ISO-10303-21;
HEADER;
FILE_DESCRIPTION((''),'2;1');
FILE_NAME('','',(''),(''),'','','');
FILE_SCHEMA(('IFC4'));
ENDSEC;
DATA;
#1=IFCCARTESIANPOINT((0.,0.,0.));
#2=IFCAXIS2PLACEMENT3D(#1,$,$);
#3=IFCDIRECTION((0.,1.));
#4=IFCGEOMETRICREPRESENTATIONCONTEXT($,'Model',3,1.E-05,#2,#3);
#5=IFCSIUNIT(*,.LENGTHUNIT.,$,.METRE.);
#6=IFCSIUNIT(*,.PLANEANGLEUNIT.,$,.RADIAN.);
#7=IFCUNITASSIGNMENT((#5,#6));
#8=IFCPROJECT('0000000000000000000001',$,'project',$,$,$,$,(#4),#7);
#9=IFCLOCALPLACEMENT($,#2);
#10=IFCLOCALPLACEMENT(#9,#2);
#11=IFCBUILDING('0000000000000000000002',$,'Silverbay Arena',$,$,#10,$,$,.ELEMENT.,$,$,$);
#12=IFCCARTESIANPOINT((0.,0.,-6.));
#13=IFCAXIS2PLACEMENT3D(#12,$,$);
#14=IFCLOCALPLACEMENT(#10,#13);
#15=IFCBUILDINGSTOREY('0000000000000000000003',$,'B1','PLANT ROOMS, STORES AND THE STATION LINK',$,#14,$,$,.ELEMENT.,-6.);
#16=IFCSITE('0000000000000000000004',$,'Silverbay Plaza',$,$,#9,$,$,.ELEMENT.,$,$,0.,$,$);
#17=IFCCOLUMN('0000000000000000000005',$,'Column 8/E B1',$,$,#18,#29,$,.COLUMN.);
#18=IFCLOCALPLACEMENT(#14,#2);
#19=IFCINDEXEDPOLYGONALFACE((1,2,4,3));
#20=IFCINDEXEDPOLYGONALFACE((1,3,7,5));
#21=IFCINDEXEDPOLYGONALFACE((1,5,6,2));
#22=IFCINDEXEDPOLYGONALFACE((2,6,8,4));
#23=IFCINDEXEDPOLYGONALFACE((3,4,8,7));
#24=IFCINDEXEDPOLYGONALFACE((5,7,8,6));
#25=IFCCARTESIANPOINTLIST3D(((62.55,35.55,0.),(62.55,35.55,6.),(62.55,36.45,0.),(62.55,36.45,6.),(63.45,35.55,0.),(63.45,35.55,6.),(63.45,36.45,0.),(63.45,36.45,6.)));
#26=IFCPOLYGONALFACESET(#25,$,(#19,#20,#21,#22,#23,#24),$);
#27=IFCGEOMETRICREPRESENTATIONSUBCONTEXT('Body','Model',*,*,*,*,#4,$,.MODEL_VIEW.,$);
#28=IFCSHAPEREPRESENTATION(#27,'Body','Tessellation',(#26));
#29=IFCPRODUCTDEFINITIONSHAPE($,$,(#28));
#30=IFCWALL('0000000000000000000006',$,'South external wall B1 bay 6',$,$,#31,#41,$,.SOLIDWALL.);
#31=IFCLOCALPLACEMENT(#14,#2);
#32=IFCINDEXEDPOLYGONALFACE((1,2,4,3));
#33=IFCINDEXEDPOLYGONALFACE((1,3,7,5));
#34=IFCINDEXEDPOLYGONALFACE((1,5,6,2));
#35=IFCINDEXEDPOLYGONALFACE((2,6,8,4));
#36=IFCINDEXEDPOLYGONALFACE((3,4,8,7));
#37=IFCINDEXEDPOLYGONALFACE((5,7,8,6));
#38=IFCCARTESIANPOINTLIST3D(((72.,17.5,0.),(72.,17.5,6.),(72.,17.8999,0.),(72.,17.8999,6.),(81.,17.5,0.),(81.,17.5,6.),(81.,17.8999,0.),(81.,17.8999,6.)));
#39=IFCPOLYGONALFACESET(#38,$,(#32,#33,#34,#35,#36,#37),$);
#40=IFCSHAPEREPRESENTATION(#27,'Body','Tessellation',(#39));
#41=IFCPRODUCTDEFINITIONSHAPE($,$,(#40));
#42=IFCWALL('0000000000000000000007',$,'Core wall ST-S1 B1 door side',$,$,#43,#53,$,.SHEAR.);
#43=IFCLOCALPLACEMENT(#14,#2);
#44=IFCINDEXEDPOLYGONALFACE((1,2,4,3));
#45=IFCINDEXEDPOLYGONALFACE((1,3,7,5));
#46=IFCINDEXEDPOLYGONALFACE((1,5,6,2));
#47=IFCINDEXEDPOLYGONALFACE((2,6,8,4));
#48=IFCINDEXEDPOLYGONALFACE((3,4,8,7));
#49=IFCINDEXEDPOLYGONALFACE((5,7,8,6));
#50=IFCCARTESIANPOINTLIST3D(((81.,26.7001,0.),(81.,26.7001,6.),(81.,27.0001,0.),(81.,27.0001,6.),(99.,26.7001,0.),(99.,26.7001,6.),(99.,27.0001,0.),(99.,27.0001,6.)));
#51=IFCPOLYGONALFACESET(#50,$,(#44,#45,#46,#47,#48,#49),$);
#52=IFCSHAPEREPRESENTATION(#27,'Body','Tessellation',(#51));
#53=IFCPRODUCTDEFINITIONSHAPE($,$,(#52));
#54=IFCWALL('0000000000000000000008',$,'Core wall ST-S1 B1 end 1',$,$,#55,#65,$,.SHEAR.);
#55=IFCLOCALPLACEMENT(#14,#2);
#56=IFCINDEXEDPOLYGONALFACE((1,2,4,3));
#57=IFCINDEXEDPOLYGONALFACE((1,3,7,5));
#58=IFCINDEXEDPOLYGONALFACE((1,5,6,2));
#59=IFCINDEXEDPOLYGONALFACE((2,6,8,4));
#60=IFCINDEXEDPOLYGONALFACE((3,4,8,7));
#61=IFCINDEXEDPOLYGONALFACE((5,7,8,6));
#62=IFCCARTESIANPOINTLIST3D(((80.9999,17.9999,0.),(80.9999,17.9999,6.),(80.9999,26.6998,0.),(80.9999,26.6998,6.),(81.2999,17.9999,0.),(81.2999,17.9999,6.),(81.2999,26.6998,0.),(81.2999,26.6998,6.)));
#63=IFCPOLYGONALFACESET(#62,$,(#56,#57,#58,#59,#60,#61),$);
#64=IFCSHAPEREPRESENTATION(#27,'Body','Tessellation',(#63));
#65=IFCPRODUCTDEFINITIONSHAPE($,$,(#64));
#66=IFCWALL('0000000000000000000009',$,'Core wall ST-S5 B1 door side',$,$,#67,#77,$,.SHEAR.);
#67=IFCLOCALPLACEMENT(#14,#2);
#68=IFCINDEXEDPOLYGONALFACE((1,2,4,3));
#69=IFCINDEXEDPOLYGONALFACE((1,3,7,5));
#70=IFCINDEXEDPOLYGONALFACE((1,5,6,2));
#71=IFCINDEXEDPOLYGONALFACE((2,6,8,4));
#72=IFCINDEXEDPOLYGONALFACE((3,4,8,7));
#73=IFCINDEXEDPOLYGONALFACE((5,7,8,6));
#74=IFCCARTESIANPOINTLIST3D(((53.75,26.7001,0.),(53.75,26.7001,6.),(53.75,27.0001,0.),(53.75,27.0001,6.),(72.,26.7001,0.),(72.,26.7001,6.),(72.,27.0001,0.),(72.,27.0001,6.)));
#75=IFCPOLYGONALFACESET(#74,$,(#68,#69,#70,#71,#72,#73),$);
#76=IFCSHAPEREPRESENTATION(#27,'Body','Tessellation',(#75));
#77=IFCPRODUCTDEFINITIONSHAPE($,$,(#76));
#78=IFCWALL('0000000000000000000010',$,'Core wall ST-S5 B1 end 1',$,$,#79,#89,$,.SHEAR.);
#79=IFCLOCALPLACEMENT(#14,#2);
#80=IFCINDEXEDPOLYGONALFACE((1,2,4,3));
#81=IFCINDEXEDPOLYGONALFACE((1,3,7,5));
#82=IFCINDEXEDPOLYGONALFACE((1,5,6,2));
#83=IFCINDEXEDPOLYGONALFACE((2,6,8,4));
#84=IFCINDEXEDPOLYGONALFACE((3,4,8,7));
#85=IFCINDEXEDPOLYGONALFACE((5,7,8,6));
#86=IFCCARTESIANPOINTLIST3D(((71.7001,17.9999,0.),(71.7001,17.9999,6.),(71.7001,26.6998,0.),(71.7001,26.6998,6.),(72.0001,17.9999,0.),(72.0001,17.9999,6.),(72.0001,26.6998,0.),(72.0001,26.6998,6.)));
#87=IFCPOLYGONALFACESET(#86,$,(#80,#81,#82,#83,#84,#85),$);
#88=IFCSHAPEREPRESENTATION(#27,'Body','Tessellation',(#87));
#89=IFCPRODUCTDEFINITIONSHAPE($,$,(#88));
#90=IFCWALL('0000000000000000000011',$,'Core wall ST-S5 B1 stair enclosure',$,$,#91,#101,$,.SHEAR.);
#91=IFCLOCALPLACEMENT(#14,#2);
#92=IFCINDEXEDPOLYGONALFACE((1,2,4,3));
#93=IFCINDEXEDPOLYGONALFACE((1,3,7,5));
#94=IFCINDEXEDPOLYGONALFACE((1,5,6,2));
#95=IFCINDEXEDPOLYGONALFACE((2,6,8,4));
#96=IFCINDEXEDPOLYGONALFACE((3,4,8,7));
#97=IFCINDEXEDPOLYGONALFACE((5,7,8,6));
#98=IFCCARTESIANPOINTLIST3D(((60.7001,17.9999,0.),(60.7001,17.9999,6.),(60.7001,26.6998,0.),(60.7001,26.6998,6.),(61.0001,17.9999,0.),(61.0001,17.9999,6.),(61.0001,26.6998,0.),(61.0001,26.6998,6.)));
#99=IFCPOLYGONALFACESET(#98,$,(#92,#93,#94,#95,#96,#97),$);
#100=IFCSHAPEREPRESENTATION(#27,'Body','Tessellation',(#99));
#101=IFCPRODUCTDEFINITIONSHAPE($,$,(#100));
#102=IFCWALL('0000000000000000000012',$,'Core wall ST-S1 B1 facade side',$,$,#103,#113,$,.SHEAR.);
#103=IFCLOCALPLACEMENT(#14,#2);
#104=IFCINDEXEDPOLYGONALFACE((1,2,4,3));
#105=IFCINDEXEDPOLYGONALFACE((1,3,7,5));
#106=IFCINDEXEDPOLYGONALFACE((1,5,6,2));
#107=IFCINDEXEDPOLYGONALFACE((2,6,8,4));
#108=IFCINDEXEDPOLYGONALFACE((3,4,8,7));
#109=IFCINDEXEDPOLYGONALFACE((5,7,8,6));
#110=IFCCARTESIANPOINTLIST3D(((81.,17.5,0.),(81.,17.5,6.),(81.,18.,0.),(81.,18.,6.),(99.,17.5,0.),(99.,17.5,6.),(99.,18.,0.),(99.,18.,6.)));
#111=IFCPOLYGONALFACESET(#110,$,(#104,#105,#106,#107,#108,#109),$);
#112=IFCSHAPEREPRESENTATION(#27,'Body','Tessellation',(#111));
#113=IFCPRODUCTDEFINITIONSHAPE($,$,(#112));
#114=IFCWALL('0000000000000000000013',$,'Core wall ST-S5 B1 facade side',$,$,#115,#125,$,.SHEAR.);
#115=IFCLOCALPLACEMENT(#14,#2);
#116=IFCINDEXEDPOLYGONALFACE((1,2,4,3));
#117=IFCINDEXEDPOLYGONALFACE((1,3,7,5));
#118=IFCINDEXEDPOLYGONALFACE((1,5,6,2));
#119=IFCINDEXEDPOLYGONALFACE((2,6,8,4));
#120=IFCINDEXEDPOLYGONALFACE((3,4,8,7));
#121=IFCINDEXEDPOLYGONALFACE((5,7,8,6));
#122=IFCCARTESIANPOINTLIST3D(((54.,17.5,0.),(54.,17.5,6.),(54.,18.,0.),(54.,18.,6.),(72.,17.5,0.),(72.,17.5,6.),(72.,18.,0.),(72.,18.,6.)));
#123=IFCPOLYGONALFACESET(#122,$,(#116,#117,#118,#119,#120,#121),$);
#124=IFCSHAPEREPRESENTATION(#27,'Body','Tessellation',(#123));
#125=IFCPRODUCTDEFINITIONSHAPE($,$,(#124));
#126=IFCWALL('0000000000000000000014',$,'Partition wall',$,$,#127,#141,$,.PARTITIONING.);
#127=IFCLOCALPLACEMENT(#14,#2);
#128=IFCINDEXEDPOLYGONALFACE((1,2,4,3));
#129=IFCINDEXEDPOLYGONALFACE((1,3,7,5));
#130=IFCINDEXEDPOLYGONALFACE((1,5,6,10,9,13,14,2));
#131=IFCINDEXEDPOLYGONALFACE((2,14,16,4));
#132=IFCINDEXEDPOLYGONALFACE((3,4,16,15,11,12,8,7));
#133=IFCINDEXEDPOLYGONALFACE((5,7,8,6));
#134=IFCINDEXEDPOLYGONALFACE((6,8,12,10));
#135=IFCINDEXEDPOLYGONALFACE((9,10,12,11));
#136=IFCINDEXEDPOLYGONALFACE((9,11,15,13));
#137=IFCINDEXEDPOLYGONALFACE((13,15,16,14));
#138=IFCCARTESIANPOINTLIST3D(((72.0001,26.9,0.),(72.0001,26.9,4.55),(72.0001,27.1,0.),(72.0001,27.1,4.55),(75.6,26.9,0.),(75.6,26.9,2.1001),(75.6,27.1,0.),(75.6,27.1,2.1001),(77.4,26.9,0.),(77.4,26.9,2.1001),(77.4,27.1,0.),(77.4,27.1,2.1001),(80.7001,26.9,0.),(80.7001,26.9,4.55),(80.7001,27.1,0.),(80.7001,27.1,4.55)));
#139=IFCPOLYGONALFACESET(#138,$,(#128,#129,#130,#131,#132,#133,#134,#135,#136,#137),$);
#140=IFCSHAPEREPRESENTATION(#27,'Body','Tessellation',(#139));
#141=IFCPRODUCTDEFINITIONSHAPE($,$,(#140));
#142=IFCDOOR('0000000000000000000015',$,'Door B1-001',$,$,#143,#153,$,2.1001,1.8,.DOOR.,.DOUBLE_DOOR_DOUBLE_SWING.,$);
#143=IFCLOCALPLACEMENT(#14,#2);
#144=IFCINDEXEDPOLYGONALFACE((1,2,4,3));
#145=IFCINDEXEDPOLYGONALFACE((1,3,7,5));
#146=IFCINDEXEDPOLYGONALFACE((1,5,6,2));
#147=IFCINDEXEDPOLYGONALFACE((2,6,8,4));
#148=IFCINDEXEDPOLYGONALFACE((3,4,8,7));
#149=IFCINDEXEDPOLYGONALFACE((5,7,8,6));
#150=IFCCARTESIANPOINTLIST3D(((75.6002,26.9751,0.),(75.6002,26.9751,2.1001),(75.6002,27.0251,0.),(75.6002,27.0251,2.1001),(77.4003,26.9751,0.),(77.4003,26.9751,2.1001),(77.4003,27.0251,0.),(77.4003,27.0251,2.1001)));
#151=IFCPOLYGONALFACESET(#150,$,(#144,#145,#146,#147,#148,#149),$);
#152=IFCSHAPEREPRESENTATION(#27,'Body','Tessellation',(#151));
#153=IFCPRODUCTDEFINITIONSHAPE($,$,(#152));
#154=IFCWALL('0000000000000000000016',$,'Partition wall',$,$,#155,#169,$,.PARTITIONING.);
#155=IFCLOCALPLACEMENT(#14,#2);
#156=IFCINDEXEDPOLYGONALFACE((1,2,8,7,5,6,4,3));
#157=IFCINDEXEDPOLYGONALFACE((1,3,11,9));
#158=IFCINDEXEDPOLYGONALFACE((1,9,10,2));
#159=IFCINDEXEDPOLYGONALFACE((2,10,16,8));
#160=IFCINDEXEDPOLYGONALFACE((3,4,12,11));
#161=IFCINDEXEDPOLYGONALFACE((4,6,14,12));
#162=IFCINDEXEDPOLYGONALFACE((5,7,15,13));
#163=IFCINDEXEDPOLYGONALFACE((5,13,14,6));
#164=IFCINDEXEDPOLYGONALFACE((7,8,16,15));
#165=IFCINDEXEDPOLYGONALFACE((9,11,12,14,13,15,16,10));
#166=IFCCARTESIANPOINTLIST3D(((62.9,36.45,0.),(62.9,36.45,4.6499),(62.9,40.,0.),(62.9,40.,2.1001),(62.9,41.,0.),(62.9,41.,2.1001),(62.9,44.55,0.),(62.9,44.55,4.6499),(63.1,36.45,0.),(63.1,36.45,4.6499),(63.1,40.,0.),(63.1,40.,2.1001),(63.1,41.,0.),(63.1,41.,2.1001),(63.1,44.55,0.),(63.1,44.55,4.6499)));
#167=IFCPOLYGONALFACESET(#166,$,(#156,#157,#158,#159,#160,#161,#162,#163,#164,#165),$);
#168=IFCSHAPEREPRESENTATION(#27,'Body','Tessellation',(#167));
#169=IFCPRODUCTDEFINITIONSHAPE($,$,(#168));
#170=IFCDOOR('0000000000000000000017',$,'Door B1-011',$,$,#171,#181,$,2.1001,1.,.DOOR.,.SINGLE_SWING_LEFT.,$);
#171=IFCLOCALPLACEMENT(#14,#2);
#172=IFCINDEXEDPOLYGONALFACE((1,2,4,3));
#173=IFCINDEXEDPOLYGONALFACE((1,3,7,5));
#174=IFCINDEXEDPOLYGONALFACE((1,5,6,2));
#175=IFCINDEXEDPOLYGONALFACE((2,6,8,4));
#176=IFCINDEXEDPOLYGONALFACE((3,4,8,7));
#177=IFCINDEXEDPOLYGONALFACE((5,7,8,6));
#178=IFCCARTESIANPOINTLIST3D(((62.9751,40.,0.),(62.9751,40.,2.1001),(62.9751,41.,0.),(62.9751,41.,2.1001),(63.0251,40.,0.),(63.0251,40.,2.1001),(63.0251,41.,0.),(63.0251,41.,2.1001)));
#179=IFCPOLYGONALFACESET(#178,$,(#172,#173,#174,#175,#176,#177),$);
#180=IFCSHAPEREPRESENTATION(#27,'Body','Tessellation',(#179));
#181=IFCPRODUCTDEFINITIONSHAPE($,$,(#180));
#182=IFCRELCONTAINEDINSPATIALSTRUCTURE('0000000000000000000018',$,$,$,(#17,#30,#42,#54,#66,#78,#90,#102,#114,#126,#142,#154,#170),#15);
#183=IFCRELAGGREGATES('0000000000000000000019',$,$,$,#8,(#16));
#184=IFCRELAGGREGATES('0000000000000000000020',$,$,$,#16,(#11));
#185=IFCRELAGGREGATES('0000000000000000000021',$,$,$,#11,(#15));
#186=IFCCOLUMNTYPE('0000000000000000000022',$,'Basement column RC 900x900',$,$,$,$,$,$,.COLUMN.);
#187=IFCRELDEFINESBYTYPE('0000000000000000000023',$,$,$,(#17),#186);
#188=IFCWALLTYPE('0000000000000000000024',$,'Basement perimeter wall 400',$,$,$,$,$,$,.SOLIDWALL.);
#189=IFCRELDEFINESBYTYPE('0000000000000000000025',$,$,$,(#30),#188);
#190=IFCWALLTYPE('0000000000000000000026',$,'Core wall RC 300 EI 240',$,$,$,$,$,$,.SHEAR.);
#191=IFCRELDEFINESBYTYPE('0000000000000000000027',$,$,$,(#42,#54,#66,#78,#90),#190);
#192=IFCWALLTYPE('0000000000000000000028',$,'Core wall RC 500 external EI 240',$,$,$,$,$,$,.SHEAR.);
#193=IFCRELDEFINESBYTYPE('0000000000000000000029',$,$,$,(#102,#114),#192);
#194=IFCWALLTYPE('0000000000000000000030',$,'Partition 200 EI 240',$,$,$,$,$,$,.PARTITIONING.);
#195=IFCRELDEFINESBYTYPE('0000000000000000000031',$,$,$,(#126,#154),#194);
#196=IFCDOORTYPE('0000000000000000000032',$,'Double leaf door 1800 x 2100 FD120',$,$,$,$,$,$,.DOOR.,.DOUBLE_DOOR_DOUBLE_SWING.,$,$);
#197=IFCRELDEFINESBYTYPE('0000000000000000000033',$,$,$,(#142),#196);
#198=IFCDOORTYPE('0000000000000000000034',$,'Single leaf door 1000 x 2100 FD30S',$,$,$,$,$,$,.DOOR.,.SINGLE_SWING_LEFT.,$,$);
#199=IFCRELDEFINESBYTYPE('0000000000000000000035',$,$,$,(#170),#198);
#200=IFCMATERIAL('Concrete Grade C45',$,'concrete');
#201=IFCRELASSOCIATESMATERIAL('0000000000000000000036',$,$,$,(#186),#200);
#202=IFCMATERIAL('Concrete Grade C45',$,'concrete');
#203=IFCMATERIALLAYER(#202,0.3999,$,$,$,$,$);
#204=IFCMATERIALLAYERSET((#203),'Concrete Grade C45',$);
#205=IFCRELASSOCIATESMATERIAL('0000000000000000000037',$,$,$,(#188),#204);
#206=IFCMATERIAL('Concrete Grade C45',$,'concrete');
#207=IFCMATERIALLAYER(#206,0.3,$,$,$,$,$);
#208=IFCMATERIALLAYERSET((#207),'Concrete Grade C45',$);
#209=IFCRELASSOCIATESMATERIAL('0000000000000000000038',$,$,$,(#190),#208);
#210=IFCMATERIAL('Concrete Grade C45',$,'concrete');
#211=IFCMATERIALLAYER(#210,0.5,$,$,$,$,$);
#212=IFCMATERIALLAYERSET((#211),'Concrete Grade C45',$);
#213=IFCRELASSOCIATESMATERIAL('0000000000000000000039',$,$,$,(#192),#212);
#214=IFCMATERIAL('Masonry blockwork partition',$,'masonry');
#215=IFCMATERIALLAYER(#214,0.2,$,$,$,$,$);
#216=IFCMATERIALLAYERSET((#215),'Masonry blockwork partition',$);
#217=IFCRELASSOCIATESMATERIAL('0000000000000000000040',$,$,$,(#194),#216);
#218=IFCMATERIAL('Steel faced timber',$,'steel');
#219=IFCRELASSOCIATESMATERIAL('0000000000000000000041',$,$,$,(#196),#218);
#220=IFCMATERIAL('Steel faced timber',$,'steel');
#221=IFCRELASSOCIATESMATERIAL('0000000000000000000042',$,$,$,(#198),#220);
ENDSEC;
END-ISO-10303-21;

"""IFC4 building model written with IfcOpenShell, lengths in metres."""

from ifc_helpers import new_model, si_unit, direction, frame, frame_2d, origin, origin_2d, place, context, subcontext, project, spatial, rectangle, extrude, material, layer, layer_set, material_profile, profile_set, type_object, element, fill, save


model = new_model("IFC4")

# Units and contexts
model_context = context("Model", 3, precision=1e-05, world=origin(), true_north=direction((0.0, 1.0)))
body_context = subcontext(model_context, "Body", "Model", "MODEL_VIEW")
ifc_project = project(units=[si_unit("LENGTHUNIT", "METRE"), si_unit("PLANEANGLEUNIT", "RADIAN")], contexts=[model_context])

# Site, building, storey
site_placement = place(None, origin())
site = spatial("IfcSite", under=ifc_project, at=site_placement, Name="Silverbay Plaza", CompositionType="ELEMENT", RefElevation=0.0)
building_placement = place(site_placement, origin())
building = spatial("IfcBuilding", under=site, at=building_placement, Name="Silverbay Arena", CompositionType="ELEMENT")
storey_placement = place(building_placement, frame((0.0, 0.0, -6.0)))
storey = spatial("IfcBuildingStorey", under=building, at=storey_placement, Name="B1", Description="PLANT ROOMS, STORES AND THE STATION LINK", CompositionType="ELEMENT", Elevation=-6.0)

# Column
ifc_material_1 = material(Name="Concrete Grade C45", Category="concrete")
ifc_material_profile_1 = material_profile(ifc_material_1, rectangle(XDim=0.8999, YDim=0.8999, at=origin_2d()), Name="RC 900x900")
ifc_profile_set_1 = profile_set([ifc_material_profile_1], Name="Concrete Grade C45")
column_type = type_object("IfcColumnType", Name="Basement column RC 900x900", PredefinedType="COLUMN", material=ifc_profile_set_1)
column_placement = place(storey_placement, frame((63.0, 36.0, 0.0), z_axis=(0.0, 0.0, 1.0), x_axis=(1.0, 0.0, 0.0)))
element("IfcColumn", 1, at=column_placement, inside=storey, type_object=column_type, Name="Column 8/E B1", PredefinedType="COLUMN", context=body_context, shape_type="SweptSolid", body=[
    extrude(rectangle(XDim=0.8999, YDim=0.8999, at=origin_2d()), origin(), (0.0, 0.0, 1.0), 6.0),
])

# Walls
ifc_material_2 = material(Name="Concrete Grade C45", Category="concrete")
ifc_layer_1 = layer(ifc_material_2, 0.3999)
ifc_layer_set_1 = layer_set([ifc_layer_1], Name="Concrete Grade C45")
wall_type_1 = type_object("IfcWallType", Name="Basement perimeter wall 400", PredefinedType="SOLIDWALL", material=ifc_layer_set_1)
wall_1_placement = place(storey_placement, frame((72.0, 17.7, 0.0), z_axis=(0.0, 0.0, 1.0), x_axis=(1.0, 0.0, 0.0)))
element("IfcWall", 2, at=wall_1_placement, inside=storey, type_object=wall_type_1, Name="South external wall B1 bay 6", PredefinedType="SOLIDWALL", context=body_context, shape_type="SweptSolid", body=[
    extrude(rectangle(XDim=9.0, YDim=0.3999, at=frame_2d((4.5, 0.0))), origin(), (0.0, 0.0, 1.0), 6.0),
])
ifc_material_3 = material(Name="Concrete Grade C45", Category="concrete")
ifc_layer_2 = layer(ifc_material_3, 0.3)
ifc_layer_set_2 = layer_set([ifc_layer_2], Name="Concrete Grade C45")
wall_type_2 = type_object("IfcWallType", Name="Core wall RC 300 EI 240", PredefinedType="SHEAR", material=ifc_layer_set_2)
wall_2_placement = place(storey_placement, frame((81.0, 26.8501, 0.0), z_axis=(0.0, 0.0, 1.0), x_axis=(1.0, 0.0, 0.0)))
element("IfcWall", 3, at=wall_2_placement, inside=storey, type_object=wall_type_2, Name="Core wall ST-S1 B1 door side", PredefinedType="SHEAR", context=body_context, shape_type="SweptSolid", body=[
    extrude(rectangle(XDim=18.0, YDim=0.3, at=frame_2d((9.0, 0.0))), origin(), (0.0, 0.0, 1.0), 6.0),
])
wall_3_placement = place(storey_placement, frame((81.1499, 26.7, 0.0), z_axis=(0.0, 0.0, 1.0), x_axis=(0.0, -1.0, 0.0)))
element("IfcWall", 4, at=wall_3_placement, inside=storey, type_object=wall_type_2, Name="Core wall ST-S1 B1 end 1", PredefinedType="SHEAR", context=body_context, shape_type="SweptSolid", body=[
    extrude(rectangle(XDim=8.7, YDim=0.3, at=frame_2d((4.3501, 0.0))), origin(), (0.0, 0.0, 1.0), 6.0),
])
wall_4_placement = place(storey_placement, frame((72.0, 26.8501, 0.0), z_axis=(0.0, 0.0, 1.0), x_axis=(-1.0, 0.0, 0.0)))
element("IfcWall", 5, at=wall_4_placement, inside=storey, type_object=wall_type_2, Name="Core wall ST-S5 B1 door side", PredefinedType="SHEAR", context=body_context, shape_type="SweptSolid", body=[
    extrude(rectangle(XDim=18.25, YDim=0.3, at=frame_2d((9.125, 0.0))), origin(), (0.0, 0.0, 1.0), 6.0),
])
for number, where, z_axis, x_axis, name in (
    (6, (71.8501, 26.7, 0.0), (0.0, 0.0, 1.0), (0.0, -1.0, 0.0), "Core wall ST-S5 B1 end 1"),
    (7, (60.8501, 26.7, 0.0), (0.0, 0.0, 1.0), (0.0, -1.0, 0.0), "Core wall ST-S5 B1 stair enclosure"),
):
    element("IfcWall", number, at=place(storey_placement, frame(where, z_axis=z_axis, x_axis=x_axis)), inside=storey, type_object=wall_type_2, Name=name, PredefinedType="SHEAR", context=body_context, shape_type="SweptSolid", body=[
        extrude(rectangle(XDim=8.7, YDim=0.3, at=frame_2d((4.3501, 0.0))), origin(), (0.0, 0.0, 1.0), 6.0),
    ])
ifc_material_4 = material(Name="Concrete Grade C45", Category="concrete")
ifc_layer_3 = layer(ifc_material_4, 0.5)
ifc_layer_set_3 = layer_set([ifc_layer_3], Name="Concrete Grade C45")
wall_type_3 = type_object("IfcWallType", Name="Core wall RC 500 external EI 240", PredefinedType="SHEAR", material=ifc_layer_set_3)
for number, where, z_axis, x_axis, name in (
    (8, (81.0, 17.75, 0.0), (0.0, 0.0, 1.0), (1.0, 0.0, 0.0), "Core wall ST-S1 B1 facade side"),
    (9, (72.0, 17.75, 0.0), (0.0, 0.0, 1.0), (-1.0, 0.0, 0.0), "Core wall ST-S5 B1 facade side"),
):
    element("IfcWall", number, at=place(storey_placement, frame(where, z_axis=z_axis, x_axis=x_axis)), inside=storey, type_object=wall_type_3, Name=name, PredefinedType="SHEAR", context=body_context, shape_type="SweptSolid", body=[
        extrude(rectangle(XDim=18.0, YDim=0.5, at=frame_2d((9.0, 0.0))), origin(), (0.0, 0.0, 1.0), 6.0),
    ])

# Walls, openings, doors
ifc_material_5 = material(Name="Masonry blockwork partition", Category="masonry")
ifc_layer_4 = layer(ifc_material_5, 0.2)
ifc_layer_set_4 = layer_set([ifc_layer_4], Name="Masonry blockwork partition")
wall_type_4 = type_object("IfcWallType", Name="Partition 200 EI 240", PredefinedType="PARTITIONING", material=ifc_layer_set_4)
wall_5_placement = place(storey_placement, frame((72.0, 27.0, 0.0), z_axis=(0.0, 0.0, 1.0), x_axis=(1.0, 0.0, 0.0)))
wall_5 = element("IfcWall", 10, at=wall_5_placement, inside=storey, type_object=wall_type_4, Name="Partition wall", PredefinedType="PARTITIONING", context=body_context, shape_type="SweptSolid", body=[
    extrude(rectangle(XDim=8.7, YDim=0.2, at=frame_2d((4.3501, 0.0))), origin(), (0.0, 0.0, 1.0), 4.55),
])
opening_1_placement = place(wall_5_placement, frame((3.6001, 0.0, 0.0)))
opening_1 = element("IfcOpeningElement", 11, at=opening_1_placement, cuts=wall_5, PredefinedType="OPENING", context=body_context, shape_type="SweptSolid", body=[
    extrude(rectangle(XDim=1.8, YDim=2.1001, at=frame_2d((0.8999, 1.05))), frame((0.0, 0.1099, 0.0), z_axis=(0.0, -1.0, 0.0), x_axis=(1.0, 0.0, 0.0)), (0.0, 0.0, 1.0), 0.22),
])
ifc_material_6 = material(Name="Steel faced timber", Category="steel")
door_type_1 = type_object("IfcDoorType", Name="Double leaf door 1800 x 2100 FD120", OperationType="DOUBLE_DOOR_DOUBLE_SWING", PredefinedType="DOOR", material=ifc_material_6)
door_1_placement = place(opening_1_placement, frame((1.8, 0.0, 0.0), z_axis=(0.0, 0.0, 1.0), x_axis=(-1.0, 0.0, 0.0)))
door_1 = element("IfcDoor", 12, at=door_1_placement, inside=storey, type_object=door_type_1, Name="Door B1-001", OperationType="DOUBLE_DOOR_DOUBLE_SWING", OverallHeight=2.1001, OverallWidth=1.8, PredefinedType="DOOR", context=body_context, shape_type="SweptSolid", body=[
    extrude(rectangle(XDim=1.8, YDim=2.1001, at=frame_2d((0.8999, 1.05))), frame((0.0, 0.0249, 0.0), z_axis=(0.0, -1.0, 0.0), x_axis=(1.0, 0.0, 0.0)), (0.0, 0.0, 1.0), 0.05),
])
fill(opening_1, door_1)
wall_6_placement = place(storey_placement, frame((63.0, 36.45, 0.0), z_axis=(0.0, 0.0, 1.0), x_axis=(0.0, 1.0, 0.0)))
wall_6 = element("IfcWall", 13, at=wall_6_placement, inside=storey, type_object=wall_type_4, Name="Partition wall", PredefinedType="PARTITIONING", context=body_context, shape_type="SweptSolid", body=[
    extrude(rectangle(XDim=8.1001, YDim=0.2, at=frame_2d((4.05, 0.0))), origin(), (0.0, 0.0, 1.0), 4.6499),
])
opening_2_placement = place(wall_6_placement, frame((3.55, 0.0, 0.0)))
opening_2 = element("IfcOpeningElement", 14, at=opening_2_placement, cuts=wall_6, PredefinedType="OPENING", context=body_context, shape_type="SweptSolid", body=[
    extrude(rectangle(XDim=1.0, YDim=2.1001, at=frame_2d((0.5, 1.05))), frame((0.0, 0.1099, 0.0), z_axis=(0.0, -1.0, 0.0), x_axis=(1.0, 0.0, 0.0)), (0.0, 0.0, 1.0), 0.22),
])
ifc_material_7 = material(Name="Steel faced timber", Category="steel")
door_type_2 = type_object("IfcDoorType", Name="Single leaf door 1000 x 2100 FD30S", OperationType="SINGLE_SWING_LEFT", PredefinedType="DOOR", material=ifc_material_7)
door_2_placement = place(opening_2_placement, origin())
door_2 = element("IfcDoor", 15, at=door_2_placement, inside=storey, type_object=door_type_2, Name="Door B1-011", OperationType="SINGLE_SWING_LEFT", OverallHeight=2.1001, OverallWidth=1.0, PredefinedType="DOOR", context=body_context, shape_type="SweptSolid", body=[
    extrude(rectangle(XDim=1.0, YDim=2.1001, at=frame_2d((0.5, 1.05))), frame((0.0, 0.0249, 0.0), z_axis=(0.0, -1.0, 0.0), x_axis=(1.0, 0.0, 0.0)), (0.0, 0.0, 1.0), 0.05),
])
fill(opening_2, door_2)

save(model, "model.ifc")
